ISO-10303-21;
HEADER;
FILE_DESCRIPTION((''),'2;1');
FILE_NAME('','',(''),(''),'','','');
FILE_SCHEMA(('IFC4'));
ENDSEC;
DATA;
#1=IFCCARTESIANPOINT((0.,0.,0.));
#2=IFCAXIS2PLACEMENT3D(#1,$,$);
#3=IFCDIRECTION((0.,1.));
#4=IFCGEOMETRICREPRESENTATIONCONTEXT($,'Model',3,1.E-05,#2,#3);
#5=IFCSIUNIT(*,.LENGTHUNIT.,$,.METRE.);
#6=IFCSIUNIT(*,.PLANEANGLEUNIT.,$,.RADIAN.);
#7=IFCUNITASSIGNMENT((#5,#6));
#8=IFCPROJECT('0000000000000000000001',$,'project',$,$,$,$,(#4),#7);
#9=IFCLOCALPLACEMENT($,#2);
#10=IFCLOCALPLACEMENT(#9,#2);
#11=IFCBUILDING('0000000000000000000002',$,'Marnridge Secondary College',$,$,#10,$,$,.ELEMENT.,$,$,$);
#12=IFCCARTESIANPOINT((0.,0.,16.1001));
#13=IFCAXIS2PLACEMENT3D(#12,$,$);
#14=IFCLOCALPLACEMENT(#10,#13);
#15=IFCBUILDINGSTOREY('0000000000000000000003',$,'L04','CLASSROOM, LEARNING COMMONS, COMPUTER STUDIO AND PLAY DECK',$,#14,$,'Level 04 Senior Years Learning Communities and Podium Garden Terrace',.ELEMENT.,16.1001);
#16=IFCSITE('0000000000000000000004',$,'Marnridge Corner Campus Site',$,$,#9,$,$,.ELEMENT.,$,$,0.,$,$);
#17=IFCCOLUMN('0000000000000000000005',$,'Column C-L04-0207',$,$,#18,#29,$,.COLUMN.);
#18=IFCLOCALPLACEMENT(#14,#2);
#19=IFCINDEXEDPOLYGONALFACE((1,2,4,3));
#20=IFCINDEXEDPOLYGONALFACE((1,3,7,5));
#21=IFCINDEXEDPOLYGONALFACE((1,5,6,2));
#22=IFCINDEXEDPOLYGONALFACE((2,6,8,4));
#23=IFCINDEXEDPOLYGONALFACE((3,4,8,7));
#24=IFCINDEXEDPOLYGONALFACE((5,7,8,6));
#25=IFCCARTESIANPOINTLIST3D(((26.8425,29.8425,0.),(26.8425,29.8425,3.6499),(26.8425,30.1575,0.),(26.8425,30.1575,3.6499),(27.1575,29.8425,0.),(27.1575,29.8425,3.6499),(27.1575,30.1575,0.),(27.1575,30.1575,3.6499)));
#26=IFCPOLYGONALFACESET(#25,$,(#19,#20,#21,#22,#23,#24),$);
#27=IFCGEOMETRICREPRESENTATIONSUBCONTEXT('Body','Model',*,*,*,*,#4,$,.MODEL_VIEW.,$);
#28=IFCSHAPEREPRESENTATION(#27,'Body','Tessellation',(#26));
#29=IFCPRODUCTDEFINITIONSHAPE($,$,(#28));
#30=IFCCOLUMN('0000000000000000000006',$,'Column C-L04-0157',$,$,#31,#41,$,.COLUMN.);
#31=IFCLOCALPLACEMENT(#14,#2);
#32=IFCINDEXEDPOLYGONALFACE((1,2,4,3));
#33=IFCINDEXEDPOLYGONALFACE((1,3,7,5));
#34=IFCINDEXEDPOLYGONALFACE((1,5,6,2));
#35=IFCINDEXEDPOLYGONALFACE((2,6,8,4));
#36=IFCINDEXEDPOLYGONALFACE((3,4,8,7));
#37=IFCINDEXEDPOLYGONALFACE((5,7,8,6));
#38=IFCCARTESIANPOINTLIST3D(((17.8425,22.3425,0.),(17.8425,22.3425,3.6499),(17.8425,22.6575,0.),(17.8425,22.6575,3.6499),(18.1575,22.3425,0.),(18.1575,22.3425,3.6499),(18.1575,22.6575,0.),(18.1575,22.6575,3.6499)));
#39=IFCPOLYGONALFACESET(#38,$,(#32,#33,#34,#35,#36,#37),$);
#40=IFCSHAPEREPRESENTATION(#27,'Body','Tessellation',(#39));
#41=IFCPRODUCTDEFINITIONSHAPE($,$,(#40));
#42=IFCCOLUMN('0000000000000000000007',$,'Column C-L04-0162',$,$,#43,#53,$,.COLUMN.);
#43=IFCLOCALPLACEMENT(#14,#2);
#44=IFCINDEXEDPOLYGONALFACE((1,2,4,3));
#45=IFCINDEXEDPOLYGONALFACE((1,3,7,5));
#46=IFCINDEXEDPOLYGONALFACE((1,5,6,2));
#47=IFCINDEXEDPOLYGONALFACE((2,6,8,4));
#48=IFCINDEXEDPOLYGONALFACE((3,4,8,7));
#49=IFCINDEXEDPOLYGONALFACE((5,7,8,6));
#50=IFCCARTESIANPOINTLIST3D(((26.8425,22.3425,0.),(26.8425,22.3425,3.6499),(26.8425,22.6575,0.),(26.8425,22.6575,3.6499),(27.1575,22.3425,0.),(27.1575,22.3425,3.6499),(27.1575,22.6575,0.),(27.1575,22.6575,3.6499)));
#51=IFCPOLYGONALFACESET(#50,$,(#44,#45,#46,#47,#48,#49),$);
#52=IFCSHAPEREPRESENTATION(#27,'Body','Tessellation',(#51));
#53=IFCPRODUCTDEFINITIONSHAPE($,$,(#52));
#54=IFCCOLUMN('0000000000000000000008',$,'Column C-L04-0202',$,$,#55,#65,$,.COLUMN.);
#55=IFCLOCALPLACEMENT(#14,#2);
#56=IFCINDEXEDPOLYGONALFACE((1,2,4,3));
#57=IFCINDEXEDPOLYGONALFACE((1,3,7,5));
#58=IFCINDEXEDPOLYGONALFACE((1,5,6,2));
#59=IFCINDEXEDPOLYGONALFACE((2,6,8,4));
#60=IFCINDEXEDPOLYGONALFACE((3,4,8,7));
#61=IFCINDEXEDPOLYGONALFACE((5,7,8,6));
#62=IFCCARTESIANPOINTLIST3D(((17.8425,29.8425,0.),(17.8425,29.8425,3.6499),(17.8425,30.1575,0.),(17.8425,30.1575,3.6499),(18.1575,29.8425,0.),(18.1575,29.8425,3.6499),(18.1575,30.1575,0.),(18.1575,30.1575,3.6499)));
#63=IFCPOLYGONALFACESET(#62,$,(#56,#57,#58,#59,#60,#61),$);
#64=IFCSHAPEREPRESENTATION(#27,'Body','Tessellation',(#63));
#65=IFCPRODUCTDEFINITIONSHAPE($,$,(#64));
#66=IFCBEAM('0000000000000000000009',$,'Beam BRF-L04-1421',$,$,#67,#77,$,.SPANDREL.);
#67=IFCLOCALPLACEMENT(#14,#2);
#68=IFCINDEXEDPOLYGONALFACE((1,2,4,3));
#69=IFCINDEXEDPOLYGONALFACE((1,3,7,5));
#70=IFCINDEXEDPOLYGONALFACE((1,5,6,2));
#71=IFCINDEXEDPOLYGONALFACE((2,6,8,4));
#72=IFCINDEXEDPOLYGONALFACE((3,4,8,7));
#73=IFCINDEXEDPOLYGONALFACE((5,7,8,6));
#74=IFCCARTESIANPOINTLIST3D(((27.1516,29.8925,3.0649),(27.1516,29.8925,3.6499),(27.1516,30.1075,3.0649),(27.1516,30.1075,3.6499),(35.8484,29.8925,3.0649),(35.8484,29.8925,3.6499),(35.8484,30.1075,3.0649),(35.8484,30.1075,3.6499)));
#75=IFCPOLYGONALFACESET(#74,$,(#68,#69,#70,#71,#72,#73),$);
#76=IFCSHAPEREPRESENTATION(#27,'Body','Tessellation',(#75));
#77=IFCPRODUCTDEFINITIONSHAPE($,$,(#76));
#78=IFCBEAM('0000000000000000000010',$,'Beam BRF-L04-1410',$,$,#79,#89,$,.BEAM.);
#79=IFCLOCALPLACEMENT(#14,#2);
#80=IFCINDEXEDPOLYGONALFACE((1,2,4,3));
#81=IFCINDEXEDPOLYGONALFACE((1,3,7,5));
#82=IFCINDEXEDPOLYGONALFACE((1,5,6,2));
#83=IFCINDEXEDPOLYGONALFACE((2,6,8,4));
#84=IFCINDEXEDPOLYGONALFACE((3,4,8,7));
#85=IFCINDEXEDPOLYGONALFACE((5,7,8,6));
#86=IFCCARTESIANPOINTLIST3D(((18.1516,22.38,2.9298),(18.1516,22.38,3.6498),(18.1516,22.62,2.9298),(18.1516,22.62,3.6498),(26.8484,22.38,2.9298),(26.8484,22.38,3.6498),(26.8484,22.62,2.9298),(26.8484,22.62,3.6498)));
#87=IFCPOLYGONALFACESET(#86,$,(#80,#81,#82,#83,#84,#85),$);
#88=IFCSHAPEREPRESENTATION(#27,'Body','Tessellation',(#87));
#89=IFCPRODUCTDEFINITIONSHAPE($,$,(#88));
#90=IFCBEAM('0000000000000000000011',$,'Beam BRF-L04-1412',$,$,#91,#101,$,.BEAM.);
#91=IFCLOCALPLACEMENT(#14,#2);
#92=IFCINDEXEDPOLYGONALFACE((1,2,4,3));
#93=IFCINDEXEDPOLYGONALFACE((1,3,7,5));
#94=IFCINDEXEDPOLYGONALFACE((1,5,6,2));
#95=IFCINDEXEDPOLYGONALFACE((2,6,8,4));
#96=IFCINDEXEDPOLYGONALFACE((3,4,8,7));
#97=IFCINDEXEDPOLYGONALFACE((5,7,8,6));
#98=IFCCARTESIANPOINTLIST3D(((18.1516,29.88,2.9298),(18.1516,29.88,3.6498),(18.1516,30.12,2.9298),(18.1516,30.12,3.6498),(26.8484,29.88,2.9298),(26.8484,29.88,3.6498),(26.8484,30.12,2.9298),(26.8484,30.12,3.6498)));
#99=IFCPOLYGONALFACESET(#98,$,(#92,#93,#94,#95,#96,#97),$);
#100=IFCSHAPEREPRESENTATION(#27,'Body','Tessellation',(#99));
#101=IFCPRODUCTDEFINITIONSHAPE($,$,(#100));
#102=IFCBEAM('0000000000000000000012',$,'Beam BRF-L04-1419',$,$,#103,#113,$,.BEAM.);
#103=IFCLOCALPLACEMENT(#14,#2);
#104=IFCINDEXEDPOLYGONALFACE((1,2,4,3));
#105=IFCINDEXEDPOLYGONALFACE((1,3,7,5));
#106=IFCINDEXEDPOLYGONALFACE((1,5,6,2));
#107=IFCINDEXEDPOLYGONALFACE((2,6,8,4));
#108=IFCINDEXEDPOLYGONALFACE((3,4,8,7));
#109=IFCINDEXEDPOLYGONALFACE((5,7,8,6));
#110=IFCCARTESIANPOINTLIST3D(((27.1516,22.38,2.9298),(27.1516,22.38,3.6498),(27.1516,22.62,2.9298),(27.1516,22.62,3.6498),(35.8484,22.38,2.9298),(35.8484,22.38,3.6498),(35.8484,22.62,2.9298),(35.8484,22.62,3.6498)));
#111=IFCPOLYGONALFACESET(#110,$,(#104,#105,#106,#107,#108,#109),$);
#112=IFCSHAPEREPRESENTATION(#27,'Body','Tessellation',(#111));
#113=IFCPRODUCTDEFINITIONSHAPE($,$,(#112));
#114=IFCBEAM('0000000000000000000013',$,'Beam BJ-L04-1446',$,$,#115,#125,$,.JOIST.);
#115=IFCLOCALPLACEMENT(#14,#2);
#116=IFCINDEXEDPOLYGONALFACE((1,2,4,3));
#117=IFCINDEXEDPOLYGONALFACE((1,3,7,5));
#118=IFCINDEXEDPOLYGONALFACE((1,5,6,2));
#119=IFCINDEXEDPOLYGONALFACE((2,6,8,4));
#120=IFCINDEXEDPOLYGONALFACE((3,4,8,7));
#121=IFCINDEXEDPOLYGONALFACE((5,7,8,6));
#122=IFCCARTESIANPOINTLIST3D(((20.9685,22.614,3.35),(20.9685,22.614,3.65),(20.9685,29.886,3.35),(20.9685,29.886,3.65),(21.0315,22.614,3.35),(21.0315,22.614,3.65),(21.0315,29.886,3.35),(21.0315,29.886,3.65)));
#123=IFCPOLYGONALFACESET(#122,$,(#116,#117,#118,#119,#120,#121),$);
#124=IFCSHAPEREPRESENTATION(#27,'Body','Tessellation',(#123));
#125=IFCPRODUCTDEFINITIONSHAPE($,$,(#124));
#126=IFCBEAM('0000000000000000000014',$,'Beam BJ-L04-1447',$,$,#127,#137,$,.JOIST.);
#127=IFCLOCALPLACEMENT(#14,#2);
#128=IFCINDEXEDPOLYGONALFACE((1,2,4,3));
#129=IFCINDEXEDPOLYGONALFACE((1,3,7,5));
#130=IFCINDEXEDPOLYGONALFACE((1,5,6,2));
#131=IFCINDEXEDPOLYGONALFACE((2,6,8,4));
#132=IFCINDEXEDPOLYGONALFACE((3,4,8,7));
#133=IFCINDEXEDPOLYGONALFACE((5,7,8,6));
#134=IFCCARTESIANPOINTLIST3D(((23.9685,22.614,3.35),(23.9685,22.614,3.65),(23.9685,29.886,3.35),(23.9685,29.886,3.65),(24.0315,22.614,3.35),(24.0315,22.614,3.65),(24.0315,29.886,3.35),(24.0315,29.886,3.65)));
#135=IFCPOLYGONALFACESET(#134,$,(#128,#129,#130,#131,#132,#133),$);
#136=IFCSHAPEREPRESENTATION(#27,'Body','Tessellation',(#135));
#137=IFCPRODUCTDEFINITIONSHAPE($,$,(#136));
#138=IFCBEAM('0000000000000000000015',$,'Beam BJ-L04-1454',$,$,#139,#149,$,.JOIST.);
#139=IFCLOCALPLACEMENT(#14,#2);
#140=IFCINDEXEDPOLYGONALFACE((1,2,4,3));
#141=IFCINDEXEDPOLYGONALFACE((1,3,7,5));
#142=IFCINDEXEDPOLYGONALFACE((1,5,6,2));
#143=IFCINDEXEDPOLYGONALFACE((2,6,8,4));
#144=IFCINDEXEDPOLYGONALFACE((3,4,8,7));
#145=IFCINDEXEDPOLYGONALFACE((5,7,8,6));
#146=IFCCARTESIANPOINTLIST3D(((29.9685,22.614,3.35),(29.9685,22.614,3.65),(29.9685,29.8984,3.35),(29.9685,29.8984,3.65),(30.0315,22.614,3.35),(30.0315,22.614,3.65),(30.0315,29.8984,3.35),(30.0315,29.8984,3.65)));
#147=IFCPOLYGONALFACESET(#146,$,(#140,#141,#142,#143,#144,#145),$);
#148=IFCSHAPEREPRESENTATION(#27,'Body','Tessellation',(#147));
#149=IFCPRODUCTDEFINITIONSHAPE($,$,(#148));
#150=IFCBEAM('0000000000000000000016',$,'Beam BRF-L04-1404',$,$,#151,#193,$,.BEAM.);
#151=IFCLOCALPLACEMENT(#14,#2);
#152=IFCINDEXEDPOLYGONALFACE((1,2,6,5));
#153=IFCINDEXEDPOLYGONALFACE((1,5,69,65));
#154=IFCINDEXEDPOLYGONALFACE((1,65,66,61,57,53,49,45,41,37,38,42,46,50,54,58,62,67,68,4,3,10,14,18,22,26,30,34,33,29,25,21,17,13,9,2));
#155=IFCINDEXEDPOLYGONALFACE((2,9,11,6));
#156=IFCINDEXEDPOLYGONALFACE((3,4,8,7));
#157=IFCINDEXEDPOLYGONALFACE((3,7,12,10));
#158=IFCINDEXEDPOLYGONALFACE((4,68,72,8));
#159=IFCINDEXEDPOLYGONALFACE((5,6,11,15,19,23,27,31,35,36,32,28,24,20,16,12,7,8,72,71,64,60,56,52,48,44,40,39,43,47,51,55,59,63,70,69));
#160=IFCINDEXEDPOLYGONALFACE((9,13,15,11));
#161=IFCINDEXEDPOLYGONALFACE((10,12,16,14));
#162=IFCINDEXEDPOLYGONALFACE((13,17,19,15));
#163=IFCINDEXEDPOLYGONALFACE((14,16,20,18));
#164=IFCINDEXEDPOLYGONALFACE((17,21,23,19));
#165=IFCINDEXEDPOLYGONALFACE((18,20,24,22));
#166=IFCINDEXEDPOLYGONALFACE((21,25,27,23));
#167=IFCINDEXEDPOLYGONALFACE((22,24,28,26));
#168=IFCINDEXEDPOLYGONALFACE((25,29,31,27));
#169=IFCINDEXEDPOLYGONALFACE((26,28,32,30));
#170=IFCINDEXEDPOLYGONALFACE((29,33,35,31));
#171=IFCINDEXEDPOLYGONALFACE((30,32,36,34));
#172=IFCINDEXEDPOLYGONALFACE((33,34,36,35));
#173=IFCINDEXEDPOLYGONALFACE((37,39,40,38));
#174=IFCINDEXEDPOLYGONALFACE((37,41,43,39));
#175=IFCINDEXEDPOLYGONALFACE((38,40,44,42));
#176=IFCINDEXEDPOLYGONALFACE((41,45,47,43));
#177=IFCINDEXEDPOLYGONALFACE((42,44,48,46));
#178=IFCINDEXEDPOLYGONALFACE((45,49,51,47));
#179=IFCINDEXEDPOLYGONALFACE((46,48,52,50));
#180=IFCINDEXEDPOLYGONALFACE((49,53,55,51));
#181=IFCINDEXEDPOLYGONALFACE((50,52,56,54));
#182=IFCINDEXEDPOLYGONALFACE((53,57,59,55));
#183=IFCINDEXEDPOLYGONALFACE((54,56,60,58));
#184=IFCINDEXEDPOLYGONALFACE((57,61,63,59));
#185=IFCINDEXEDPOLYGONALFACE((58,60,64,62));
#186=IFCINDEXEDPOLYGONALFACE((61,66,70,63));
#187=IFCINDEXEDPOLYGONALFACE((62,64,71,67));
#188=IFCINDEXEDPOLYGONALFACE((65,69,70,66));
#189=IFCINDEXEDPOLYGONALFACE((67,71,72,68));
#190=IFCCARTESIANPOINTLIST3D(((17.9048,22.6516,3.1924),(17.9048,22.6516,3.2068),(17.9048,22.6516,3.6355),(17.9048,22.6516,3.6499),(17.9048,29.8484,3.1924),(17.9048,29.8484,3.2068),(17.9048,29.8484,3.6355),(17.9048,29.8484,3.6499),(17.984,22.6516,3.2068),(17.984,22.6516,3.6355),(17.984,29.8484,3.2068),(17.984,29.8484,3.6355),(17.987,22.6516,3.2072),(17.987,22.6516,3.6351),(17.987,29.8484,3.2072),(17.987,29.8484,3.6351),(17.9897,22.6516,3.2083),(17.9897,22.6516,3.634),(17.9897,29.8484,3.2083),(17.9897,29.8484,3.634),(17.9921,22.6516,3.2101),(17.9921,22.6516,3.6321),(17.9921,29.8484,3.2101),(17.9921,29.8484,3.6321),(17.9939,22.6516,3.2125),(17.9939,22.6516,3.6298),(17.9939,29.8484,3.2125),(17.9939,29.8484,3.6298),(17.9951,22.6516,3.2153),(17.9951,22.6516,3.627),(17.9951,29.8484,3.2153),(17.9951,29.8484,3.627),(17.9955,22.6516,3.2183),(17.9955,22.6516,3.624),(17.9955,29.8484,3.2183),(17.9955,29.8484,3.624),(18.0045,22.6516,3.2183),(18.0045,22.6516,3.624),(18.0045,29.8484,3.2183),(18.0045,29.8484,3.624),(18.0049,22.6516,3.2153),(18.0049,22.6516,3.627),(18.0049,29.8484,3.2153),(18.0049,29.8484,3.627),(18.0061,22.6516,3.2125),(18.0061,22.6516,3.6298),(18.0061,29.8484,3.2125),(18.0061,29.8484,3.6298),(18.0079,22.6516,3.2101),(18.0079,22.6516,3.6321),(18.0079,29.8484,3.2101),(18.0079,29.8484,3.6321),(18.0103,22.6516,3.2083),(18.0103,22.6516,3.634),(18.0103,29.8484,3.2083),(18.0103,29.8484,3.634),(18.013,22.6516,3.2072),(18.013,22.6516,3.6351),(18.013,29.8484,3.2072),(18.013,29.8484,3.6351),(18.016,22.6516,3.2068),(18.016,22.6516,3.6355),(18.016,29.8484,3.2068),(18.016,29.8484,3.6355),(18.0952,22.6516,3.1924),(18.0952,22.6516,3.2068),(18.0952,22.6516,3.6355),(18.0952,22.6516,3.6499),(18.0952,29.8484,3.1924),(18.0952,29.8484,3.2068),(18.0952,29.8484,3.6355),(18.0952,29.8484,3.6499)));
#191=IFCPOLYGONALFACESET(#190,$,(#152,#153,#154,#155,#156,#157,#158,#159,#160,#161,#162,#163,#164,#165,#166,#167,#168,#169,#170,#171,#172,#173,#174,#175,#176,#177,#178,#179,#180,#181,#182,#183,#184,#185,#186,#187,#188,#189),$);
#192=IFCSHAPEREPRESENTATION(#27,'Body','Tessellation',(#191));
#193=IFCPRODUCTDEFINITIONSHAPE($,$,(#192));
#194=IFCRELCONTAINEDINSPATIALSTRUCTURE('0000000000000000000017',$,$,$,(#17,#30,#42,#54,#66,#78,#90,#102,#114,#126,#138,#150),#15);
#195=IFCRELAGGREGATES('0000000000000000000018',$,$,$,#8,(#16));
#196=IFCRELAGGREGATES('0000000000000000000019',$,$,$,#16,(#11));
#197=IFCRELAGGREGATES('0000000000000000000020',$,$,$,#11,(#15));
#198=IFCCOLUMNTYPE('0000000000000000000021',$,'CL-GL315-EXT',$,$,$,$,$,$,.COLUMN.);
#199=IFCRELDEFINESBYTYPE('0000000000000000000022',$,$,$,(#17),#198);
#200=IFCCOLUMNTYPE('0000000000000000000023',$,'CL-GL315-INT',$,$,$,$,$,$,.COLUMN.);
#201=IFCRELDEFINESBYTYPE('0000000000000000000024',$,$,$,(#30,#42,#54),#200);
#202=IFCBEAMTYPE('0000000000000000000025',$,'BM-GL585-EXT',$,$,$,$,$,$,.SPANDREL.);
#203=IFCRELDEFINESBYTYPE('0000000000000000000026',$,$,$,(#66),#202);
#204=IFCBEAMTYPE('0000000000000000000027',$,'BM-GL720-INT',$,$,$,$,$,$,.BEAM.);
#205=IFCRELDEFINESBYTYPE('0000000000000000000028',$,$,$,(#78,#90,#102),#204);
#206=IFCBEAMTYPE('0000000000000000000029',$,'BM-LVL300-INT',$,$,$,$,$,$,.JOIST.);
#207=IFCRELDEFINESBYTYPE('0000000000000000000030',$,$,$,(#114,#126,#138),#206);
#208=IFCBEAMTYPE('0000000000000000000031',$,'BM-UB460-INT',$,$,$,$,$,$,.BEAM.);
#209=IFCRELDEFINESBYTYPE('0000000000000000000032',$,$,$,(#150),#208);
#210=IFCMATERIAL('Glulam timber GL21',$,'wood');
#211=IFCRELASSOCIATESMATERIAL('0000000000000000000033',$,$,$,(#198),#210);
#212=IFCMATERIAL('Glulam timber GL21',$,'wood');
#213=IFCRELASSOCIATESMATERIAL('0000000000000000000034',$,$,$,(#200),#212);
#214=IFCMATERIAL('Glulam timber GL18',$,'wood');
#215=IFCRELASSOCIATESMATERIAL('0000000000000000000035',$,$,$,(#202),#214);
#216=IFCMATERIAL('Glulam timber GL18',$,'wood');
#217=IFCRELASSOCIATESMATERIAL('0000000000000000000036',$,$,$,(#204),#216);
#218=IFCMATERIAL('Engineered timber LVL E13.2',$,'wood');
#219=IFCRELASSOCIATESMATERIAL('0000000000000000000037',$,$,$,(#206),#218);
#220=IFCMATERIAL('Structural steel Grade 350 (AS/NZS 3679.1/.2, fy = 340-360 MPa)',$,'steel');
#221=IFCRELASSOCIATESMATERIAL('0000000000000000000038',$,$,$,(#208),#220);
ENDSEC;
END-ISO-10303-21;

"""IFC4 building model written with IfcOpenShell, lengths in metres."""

from ifc_helpers import new_model, si_unit, direction, frame, origin, origin_2d, place, context, subcontext, project, spatial, rectangle, i_section, extrude, material, material_profile, profile_set, type_object, element, save


model = new_model("IFC4")

# Units and contexts
model_context = context("Model", 3, precision=1e-05, world=origin(), true_north=direction((0.0, 1.0)))
body_context = subcontext(model_context, "Body", "Model", "MODEL_VIEW")
ifc_project = project(units=[si_unit("LENGTHUNIT", "METRE"), si_unit("PLANEANGLEUNIT", "RADIAN")], contexts=[model_context])

# Site, building, storey
site_placement = place(None, origin())
site = spatial("IfcSite", under=ifc_project, at=site_placement, Name="Marnridge Corner Campus Site", CompositionType="ELEMENT", RefElevation=0.0)
building_placement = place(site_placement, origin())
building = spatial("IfcBuilding", under=site, at=building_placement, Name="Marnridge Secondary College", CompositionType="ELEMENT")
storey_placement = place(building_placement, frame((0.0, 0.0, 16.1001)))
storey = spatial("IfcBuildingStorey", under=building, at=storey_placement, Name="L04", Description="CLASSROOM, LEARNING COMMONS, COMPUTER STUDIO AND PLAY DECK", LongName="Level 04 Senior Years Learning Communities and Podium Garden Terrace", CompositionType="ELEMENT", Elevation=16.1001)

# Columns
ifc_material_1 = material(Name="Glulam timber GL21", Category="wood")
ifc_material_profile_1 = material_profile(ifc_material_1, rectangle(XDim=0.3149, YDim=0.3149, at=origin_2d()), Name="GL21 315x315")
ifc_profile_set_1 = profile_set([ifc_material_profile_1], Name="Glulam timber GL21")
column_type_1 = type_object("IfcColumnType", Name="CL-GL315-EXT", PredefinedType="COLUMN", material=ifc_profile_set_1)
column_placement = place(storey_placement, frame((27.0, 30.0, 0.0), z_axis=(0.0, 0.0, 1.0), x_axis=(1.0, 0.0, 0.0)))
element("IfcColumn", 1, at=column_placement, inside=storey, type_object=column_type_1, Name="Column C-L04-0207", PredefinedType="COLUMN", context=body_context, shape_type="SweptSolid", body=[
    extrude(rectangle(XDim=0.3149, YDim=0.3149, at=origin_2d()), origin(), (0.0, 0.0, 1.0), 3.6499),
])
ifc_material_2 = material(Name="Glulam timber GL21", Category="wood")
ifc_material_profile_2 = material_profile(ifc_material_2, rectangle(XDim=0.3149, YDim=0.3149, at=origin_2d()), Name="GL21 315x315")
ifc_profile_set_2 = profile_set([ifc_material_profile_2], Name="Glulam timber GL21")
column_type_2 = type_object("IfcColumnType", Name="CL-GL315-INT", PredefinedType="COLUMN", material=ifc_profile_set_2)
for number, where, z_axis, x_axis, name in (
    (2, (18.0, 22.5, 0.0), (0.0, 0.0, 1.0), (1.0, 0.0, 0.0), "Column C-L04-0157"),
    (3, (27.0, 22.5, 0.0), (0.0, 0.0, 1.0), (1.0, 0.0, 0.0), "Column C-L04-0162"),
    (4, (18.0, 30.0, 0.0), (0.0, 0.0, 1.0), (1.0, 0.0, 0.0), "Column C-L04-0202"),
):
    element("IfcColumn", number, at=place(storey_placement, frame(where, z_axis=z_axis, x_axis=x_axis)), inside=storey, type_object=column_type_2, Name=name, PredefinedType="COLUMN", context=body_context, shape_type="SweptSolid", body=[
        extrude(rectangle(XDim=0.3149, YDim=0.3149, at=origin_2d()), origin(), (0.0, 0.0, 1.0), 3.6499),
    ])

# Beams
ifc_material_3 = material(Name="Glulam timber GL18", Category="wood")
ifc_material_profile_3 = material_profile(ifc_material_3, rectangle(XDim=0.2151, YDim=0.585, at=origin_2d()), Name="GL18 215x585")
ifc_profile_set_3 = profile_set([ifc_material_profile_3], Name="Glulam timber GL18")
beam_type_1 = type_object("IfcBeamType", Name="BM-GL585-EXT", PredefinedType="SPANDREL", material=ifc_profile_set_3)
beam_1_placement = place(storey_placement, frame((27.1516, 30.0, 3.3574), z_axis=(1.0, 0.0, 0.0), x_axis=(0.0, 1.0, 0.0)))
element("IfcBeam", 5, at=beam_1_placement, inside=storey, type_object=beam_type_1, Name="Beam BRF-L04-1421", PredefinedType="SPANDREL", context=body_context, shape_type="SweptSolid", body=[
    extrude(rectangle(XDim=0.2151, YDim=0.585, at=origin_2d()), origin(), (0.0, 0.0, 1.0), 8.6968),
])
ifc_material_4 = material(Name="Glulam timber GL18", Category="wood")
ifc_material_profile_4 = material_profile(ifc_material_4, rectangle(XDim=0.24, YDim=0.72, at=origin_2d()), Name="GL18 240x720")
ifc_profile_set_4 = profile_set([ifc_material_profile_4], Name="Glulam timber GL18")
beam_type_2 = type_object("IfcBeamType", Name="BM-GL720-INT", PredefinedType="BEAM", material=ifc_profile_set_4)
for number, where, z_axis, x_axis, name in (
    (6, (18.1516, 22.5, 3.2898), (1.0, 0.0, 0.0), (0.0, 1.0, 0.0), "Beam BRF-L04-1410"),
    (7, (18.1516, 30.0, 3.2898), (1.0, 0.0, 0.0), (0.0, 1.0, 0.0), "Beam BRF-L04-1412"),
    (8, (27.1516, 22.5, 3.2898), (1.0, 0.0, 0.0), (0.0, 1.0, 0.0), "Beam BRF-L04-1419"),
):
    element("IfcBeam", number, at=place(storey_placement, frame(where, z_axis=z_axis, x_axis=x_axis)), inside=storey, type_object=beam_type_2, Name=name, PredefinedType="BEAM", context=body_context, shape_type="SweptSolid", body=[
        extrude(rectangle(XDim=0.24, YDim=0.72, at=origin_2d()), origin(), (0.0, 0.0, 1.0), 8.6968),
    ])
ifc_material_5 = material(Name="Engineered timber LVL E13.2", Category="wood")
ifc_material_profile_5 = material_profile(ifc_material_5, rectangle(XDim=0.063, YDim=0.3, at=origin_2d()), Name="LVL 63x300")
ifc_profile_set_5 = profile_set([ifc_material_profile_5], Name="Engineered timber LVL E13.2")
beam_type_3 = type_object("IfcBeamType", Name="BM-LVL300-INT", PredefinedType="JOIST", material=ifc_profile_set_5)
for number, where, z_axis, x_axis, name in (
    (9, (21.0, 22.614, 3.5), (0.0, 1.0, 0.0), (-1.0, 0.0, 0.0), "Beam BJ-L04-1446"),
    (10, (24.0, 22.614, 3.5), (0.0, 1.0, 0.0), (-1.0, 0.0, 0.0), "Beam BJ-L04-1447"),
):
    element("IfcBeam", number, at=place(storey_placement, frame(where, z_axis=z_axis, x_axis=x_axis)), inside=storey, type_object=beam_type_3, Name=name, PredefinedType="JOIST", context=body_context, shape_type="SweptSolid", body=[
        extrude(rectangle(XDim=0.063, YDim=0.3, at=origin_2d()), origin(), (0.0, 0.0, 1.0), 7.272),
    ])
beam_2_placement = place(storey_placement, frame((30.0, 22.614, 3.5), z_axis=(0.0, 1.0, 0.0), x_axis=(-1.0, 0.0, 0.0)))
element("IfcBeam", 11, at=beam_2_placement, inside=storey, type_object=beam_type_3, Name="Beam BJ-L04-1454", PredefinedType="JOIST", context=body_context, shape_type="SweptSolid", body=[
    extrude(rectangle(XDim=0.063, YDim=0.3, at=origin_2d()), origin(), (0.0, 0.0, 1.0), 7.2844),
])
ifc_material_6 = material(Name="Structural steel Grade 350 (AS/NZS 3679.1/.2, fy = 340-360 MPa)", Category="steel")
ifc_material_profile_6 = material_profile(ifc_material_6, i_section(OverallWidth=0.1904, OverallDepth=0.4575, WebThickness=0.009, FlangeThickness=0.0144, FilletRadius=0.0115, at=origin_2d()), Name="460UB74.6")
ifc_profile_set_6 = profile_set([ifc_material_profile_6], Name="Structural steel Grade 350 (AS/NZS 3679.1/.2, fy = 340-360 MPa)")
beam_type_4 = type_object("IfcBeamType", Name="BM-UB460-INT", PredefinedType="BEAM", material=ifc_profile_set_6)
for number, where, z_axis, x_axis, name in (
    (12, (18.0, 22.6516, 3.4211), (0.0, 1.0, 0.0), (-1.0, 0.0, 0.0), "Beam BRF-L04-1404"),
):
    element("IfcBeam", number, at=place(storey_placement, frame(where, z_axis=z_axis, x_axis=x_axis)), inside=storey, type_object=beam_type_4, Name=name, PredefinedType="BEAM", context=body_context, shape_type="SweptSolid", body=[
        extrude(i_section(OverallWidth=0.1904, OverallDepth=0.4575, WebThickness=0.009, FlangeThickness=0.0144, FilletRadius=0.0115, at=origin_2d()), origin(), (0.0, 0.0, 1.0), 7.1968),
    ])

save(model, "model.ifc")
